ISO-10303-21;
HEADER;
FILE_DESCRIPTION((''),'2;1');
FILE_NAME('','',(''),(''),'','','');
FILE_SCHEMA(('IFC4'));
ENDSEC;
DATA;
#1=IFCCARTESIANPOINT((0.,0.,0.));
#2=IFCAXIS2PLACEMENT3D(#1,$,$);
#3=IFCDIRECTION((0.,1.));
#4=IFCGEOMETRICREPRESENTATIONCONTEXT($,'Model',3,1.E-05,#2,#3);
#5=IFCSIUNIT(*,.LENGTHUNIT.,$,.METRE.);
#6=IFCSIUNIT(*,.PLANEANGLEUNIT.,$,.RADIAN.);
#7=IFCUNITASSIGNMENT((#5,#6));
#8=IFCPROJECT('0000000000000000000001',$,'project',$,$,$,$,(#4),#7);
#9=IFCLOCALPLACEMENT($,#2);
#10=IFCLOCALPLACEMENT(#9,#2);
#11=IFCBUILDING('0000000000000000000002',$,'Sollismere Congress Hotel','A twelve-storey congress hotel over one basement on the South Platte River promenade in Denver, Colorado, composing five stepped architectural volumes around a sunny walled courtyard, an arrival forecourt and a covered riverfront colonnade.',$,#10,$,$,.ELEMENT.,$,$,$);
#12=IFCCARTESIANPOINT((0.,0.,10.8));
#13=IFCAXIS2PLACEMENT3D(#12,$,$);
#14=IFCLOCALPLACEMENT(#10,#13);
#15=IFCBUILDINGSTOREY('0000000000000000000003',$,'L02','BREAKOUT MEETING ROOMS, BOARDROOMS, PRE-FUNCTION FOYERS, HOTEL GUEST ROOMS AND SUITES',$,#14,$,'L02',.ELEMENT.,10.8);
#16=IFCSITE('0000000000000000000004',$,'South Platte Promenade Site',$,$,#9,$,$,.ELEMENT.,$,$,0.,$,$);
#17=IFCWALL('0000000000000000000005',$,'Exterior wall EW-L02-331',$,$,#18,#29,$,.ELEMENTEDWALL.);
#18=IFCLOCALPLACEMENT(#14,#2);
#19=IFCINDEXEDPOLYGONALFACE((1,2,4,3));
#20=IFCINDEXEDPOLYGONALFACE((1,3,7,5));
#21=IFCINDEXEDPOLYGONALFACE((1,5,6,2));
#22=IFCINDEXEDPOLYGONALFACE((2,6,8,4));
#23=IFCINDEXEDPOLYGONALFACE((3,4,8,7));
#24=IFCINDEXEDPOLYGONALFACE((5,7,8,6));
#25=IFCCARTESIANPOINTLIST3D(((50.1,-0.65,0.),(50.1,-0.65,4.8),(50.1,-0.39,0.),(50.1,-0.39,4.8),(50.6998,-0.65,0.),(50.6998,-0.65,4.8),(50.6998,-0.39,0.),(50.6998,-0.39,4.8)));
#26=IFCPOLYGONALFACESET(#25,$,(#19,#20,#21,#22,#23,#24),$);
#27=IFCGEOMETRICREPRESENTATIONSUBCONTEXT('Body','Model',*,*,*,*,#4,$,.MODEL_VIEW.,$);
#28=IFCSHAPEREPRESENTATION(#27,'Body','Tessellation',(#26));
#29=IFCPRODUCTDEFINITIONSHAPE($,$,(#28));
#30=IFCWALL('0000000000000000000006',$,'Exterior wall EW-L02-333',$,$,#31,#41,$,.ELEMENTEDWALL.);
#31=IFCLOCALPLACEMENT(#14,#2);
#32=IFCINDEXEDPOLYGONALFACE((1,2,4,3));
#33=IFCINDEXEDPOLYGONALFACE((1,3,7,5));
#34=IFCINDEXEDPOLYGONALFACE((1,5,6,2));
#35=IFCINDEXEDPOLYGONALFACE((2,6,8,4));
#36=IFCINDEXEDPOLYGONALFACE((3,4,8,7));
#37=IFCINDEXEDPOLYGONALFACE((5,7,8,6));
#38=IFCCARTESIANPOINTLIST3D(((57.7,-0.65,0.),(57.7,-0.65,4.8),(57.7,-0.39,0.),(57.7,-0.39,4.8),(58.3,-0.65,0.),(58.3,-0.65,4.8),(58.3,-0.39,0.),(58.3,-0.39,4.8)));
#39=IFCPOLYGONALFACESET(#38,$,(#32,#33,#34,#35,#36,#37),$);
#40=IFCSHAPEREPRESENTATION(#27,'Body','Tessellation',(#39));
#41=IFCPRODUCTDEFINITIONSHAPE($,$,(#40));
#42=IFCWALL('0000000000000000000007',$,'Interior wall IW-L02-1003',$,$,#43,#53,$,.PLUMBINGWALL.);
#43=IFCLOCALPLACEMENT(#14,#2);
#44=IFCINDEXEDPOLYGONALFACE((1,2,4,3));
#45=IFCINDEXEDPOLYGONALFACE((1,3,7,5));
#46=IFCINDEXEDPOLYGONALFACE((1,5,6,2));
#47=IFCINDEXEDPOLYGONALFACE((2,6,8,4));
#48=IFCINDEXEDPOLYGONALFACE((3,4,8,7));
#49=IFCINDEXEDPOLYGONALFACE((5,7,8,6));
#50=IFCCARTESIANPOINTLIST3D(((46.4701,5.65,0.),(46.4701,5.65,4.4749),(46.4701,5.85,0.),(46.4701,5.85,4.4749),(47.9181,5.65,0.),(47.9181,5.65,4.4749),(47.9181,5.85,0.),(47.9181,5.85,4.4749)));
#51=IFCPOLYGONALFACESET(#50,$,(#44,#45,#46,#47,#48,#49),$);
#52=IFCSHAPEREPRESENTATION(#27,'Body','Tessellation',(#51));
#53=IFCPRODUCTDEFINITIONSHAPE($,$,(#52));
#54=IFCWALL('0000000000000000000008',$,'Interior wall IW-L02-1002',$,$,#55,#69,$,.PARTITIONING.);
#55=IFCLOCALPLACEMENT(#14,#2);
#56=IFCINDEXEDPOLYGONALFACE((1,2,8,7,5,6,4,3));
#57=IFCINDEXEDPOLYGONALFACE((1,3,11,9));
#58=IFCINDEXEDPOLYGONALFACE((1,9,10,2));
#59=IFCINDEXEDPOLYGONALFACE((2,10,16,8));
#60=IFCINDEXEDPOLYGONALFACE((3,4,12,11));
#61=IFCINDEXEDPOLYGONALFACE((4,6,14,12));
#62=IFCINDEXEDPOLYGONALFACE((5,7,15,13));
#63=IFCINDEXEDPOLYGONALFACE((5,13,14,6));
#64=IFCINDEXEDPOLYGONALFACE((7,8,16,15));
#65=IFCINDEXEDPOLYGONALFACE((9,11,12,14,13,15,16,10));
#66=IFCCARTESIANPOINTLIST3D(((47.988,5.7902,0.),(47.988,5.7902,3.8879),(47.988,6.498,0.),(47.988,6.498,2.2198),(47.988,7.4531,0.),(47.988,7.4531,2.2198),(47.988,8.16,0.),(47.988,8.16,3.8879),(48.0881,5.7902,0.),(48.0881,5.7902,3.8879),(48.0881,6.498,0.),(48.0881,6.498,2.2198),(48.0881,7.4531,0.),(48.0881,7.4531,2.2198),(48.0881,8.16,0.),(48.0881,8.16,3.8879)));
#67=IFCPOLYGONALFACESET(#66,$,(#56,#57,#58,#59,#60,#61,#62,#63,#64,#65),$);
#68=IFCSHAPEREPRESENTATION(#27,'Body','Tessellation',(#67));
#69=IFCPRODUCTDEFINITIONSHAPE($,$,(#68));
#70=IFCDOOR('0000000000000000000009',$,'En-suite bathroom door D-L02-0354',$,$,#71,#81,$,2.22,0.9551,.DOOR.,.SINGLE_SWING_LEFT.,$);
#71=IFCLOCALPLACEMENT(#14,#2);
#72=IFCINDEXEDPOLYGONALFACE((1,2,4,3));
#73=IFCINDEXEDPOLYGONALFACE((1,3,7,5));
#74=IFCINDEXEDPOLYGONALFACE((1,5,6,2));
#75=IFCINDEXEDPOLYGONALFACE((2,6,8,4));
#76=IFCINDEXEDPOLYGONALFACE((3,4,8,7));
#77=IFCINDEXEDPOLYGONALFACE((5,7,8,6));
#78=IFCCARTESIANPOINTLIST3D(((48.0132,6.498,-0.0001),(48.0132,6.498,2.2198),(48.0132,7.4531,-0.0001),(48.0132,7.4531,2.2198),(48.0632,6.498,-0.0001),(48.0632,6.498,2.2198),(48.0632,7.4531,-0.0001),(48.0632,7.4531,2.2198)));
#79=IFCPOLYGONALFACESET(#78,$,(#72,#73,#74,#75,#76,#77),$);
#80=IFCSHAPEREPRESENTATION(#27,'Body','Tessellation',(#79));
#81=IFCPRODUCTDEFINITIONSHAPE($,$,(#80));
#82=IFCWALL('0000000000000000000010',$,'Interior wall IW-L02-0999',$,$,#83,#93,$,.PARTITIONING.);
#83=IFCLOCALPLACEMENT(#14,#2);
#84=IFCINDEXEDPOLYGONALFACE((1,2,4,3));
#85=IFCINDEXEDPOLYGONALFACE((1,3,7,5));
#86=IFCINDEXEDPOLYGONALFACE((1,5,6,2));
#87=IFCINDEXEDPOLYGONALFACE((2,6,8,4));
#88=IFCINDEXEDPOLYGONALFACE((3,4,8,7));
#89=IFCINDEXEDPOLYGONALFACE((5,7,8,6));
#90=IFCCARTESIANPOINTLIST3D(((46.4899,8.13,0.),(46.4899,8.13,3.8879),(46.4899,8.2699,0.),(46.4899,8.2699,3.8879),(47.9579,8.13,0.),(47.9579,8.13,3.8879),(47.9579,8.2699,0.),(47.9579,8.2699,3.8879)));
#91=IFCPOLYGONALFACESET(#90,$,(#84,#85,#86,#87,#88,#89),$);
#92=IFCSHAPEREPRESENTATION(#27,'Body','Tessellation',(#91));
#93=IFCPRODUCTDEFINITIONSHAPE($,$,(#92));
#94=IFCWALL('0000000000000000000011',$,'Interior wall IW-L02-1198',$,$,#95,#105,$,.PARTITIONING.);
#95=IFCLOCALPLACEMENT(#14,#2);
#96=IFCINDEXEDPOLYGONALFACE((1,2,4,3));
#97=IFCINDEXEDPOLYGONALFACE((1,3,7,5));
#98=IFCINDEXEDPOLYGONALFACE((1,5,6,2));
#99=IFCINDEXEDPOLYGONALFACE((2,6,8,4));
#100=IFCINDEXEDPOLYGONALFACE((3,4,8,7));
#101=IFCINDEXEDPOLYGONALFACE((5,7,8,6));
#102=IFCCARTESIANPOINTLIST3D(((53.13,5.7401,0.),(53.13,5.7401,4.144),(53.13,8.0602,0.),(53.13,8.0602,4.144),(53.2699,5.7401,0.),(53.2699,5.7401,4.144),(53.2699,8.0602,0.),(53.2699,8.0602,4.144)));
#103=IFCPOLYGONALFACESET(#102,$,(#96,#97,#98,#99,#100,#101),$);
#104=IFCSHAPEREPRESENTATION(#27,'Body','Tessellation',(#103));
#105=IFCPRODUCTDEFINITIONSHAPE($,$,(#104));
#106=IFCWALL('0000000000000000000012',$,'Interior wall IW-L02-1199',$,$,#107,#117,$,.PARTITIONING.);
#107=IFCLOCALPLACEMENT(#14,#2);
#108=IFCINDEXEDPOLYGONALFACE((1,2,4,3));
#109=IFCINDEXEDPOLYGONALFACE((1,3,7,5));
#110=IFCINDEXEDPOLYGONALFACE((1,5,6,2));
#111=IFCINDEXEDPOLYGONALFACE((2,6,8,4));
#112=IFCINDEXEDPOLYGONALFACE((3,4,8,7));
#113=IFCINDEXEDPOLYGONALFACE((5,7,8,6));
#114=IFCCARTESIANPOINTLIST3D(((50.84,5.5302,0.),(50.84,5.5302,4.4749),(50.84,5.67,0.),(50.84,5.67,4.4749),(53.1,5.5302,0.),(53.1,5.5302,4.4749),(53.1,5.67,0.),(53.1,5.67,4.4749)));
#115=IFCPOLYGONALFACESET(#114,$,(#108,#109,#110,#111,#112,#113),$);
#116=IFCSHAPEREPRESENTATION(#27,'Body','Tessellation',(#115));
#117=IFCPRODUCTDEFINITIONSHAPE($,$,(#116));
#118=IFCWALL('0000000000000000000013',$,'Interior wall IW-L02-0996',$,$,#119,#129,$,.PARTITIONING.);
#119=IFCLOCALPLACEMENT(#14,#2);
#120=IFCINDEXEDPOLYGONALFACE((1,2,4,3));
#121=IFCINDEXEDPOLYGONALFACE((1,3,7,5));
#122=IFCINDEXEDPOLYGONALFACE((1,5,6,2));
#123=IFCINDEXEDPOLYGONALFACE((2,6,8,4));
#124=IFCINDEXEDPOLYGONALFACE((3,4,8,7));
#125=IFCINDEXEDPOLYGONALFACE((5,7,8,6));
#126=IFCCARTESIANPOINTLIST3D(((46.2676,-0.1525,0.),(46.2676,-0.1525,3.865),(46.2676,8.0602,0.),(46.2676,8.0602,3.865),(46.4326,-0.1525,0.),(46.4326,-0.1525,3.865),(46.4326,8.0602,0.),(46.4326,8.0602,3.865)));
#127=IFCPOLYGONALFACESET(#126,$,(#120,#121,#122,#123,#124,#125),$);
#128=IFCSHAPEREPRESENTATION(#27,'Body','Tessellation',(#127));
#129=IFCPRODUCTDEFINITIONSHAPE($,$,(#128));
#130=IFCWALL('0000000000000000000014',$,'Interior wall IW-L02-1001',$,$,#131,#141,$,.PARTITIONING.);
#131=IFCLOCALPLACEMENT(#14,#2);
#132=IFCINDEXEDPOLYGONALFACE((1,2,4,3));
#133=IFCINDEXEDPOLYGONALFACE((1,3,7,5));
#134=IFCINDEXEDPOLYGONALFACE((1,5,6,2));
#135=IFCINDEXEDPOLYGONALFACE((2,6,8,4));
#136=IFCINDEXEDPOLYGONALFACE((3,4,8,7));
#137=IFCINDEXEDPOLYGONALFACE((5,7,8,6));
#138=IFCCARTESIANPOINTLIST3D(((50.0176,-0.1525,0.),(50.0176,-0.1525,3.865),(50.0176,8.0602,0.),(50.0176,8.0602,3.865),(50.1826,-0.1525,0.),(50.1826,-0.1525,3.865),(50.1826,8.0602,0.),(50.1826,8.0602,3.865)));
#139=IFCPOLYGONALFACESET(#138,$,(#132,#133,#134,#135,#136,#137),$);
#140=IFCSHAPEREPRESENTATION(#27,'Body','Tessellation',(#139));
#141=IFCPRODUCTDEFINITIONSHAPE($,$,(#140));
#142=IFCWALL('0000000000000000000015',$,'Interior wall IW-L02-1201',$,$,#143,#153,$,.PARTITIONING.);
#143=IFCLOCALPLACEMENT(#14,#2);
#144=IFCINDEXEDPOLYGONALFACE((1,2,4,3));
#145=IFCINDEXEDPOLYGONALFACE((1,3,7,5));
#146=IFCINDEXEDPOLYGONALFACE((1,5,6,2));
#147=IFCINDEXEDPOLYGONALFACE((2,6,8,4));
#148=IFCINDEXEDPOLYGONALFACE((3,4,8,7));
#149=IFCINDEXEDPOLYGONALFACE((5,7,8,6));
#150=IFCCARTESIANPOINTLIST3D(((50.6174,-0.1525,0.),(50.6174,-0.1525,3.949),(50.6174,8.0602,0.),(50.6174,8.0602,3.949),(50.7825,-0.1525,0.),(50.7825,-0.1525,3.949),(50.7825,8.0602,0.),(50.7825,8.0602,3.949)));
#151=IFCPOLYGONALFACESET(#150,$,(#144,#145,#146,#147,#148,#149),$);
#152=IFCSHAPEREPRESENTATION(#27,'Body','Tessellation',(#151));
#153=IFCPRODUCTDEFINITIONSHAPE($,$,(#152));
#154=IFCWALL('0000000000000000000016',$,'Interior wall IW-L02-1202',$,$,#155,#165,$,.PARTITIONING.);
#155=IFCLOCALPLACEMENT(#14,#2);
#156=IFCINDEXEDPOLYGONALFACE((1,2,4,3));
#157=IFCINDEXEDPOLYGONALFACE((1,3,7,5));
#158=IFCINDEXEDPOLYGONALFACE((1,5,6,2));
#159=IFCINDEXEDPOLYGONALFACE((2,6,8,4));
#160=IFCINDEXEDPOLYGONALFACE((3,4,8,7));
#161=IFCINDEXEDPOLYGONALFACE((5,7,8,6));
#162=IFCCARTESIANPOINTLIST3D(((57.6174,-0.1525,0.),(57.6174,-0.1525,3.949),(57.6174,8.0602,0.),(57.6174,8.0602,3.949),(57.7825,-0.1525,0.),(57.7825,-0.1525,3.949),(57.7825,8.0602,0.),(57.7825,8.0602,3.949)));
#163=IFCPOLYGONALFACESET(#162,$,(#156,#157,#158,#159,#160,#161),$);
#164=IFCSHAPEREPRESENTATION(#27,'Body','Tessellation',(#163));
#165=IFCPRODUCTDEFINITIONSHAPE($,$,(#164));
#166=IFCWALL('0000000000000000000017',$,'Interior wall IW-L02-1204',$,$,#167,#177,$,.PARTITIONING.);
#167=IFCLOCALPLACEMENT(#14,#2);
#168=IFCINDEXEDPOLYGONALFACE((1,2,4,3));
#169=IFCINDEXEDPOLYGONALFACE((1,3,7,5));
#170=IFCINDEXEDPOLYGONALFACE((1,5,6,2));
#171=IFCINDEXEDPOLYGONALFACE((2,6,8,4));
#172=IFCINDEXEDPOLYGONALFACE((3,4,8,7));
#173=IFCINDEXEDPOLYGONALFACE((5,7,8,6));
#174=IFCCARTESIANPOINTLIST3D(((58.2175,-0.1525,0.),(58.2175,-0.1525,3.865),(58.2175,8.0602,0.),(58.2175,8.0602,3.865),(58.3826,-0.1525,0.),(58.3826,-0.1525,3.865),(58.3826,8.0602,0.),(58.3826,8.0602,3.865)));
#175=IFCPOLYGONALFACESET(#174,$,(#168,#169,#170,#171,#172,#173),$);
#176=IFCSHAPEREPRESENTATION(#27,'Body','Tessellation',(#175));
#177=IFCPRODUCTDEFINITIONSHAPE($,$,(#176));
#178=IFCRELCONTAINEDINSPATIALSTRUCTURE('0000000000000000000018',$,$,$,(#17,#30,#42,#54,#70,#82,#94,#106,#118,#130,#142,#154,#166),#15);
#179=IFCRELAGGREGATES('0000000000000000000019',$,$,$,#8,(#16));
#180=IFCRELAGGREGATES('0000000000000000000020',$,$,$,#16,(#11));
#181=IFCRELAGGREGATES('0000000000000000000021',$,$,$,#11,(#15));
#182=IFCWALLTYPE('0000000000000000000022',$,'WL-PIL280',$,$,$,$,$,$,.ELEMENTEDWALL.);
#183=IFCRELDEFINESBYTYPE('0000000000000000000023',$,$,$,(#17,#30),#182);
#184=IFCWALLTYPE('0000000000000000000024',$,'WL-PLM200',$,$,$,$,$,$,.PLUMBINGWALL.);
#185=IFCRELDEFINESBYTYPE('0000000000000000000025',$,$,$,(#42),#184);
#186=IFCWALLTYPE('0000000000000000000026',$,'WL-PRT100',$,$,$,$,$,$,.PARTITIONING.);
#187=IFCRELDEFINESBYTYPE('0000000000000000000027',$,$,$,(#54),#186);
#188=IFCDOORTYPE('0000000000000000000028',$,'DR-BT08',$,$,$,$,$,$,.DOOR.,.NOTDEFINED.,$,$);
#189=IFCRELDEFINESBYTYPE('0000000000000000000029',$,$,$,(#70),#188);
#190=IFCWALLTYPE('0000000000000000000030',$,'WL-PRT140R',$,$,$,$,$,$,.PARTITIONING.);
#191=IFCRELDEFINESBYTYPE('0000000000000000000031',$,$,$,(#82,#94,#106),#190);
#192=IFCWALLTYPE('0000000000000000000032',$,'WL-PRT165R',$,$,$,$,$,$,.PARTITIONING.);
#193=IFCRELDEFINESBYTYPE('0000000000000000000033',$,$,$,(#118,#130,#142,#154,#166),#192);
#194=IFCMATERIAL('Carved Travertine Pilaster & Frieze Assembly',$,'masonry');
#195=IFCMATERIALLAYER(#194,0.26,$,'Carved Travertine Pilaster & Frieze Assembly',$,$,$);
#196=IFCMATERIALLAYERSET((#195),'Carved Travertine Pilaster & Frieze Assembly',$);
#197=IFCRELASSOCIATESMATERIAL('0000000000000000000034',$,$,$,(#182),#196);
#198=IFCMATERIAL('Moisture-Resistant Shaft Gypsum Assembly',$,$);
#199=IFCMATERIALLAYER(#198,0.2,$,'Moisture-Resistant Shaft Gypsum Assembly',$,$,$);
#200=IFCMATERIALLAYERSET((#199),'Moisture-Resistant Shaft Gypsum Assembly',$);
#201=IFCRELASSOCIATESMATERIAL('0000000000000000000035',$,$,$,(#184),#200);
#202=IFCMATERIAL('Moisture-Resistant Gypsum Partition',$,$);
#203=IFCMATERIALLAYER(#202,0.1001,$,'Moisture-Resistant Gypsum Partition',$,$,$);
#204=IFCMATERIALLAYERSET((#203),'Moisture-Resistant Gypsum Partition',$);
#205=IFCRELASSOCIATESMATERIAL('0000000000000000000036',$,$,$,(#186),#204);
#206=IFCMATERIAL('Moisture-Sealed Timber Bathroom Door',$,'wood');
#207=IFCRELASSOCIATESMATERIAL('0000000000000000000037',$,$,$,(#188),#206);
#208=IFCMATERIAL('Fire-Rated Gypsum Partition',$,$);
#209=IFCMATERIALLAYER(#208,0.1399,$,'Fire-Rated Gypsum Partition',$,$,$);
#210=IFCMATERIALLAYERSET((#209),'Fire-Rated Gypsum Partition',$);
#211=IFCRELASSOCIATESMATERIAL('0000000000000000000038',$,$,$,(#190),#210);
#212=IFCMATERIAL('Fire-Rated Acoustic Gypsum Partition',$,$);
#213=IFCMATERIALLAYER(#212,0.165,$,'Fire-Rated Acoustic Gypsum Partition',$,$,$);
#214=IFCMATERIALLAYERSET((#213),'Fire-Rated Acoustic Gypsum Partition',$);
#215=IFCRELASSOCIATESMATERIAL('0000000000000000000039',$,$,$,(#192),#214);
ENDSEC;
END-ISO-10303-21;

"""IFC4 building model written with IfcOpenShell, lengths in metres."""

from ifc_helpers import new_model, si_unit, direction, frame, frame_2d, origin, place, context, subcontext, project, spatial, rectangle, extrude, material, layer, layer_set, type_object, element, fill, save


model = new_model("IFC4")

# Units and contexts
model_context = context("Model", 3, precision=1e-05, world=origin(), true_north=direction((0.0, 1.0)))
body_context = subcontext(model_context, "Body", "Model", "MODEL_VIEW")
ifc_project = project(units=[si_unit("LENGTHUNIT", "METRE"), si_unit("PLANEANGLEUNIT", "RADIAN")], contexts=[model_context])

# Site, building, storey
site_placement = place(None, origin())
site = spatial("IfcSite", under=ifc_project, at=site_placement, Name="South Platte Promenade Site", CompositionType="ELEMENT", RefElevation=0.0)
building_placement = place(site_placement, origin())
building = spatial("IfcBuilding", under=site, at=building_placement, Name="Sollismere Congress Hotel", Description="A twelve-storey congress hotel over one basement on the South Platte River promenade in Denver, Colorado, composing five stepped architectural volumes around a sunny walled courtyard, an arrival forecourt and a covered riverfront colonnade.", CompositionType="ELEMENT")
storey_placement = place(building_placement, frame((0.0, 0.0, 10.8)))
storey = spatial("IfcBuildingStorey", under=building, at=storey_placement, Name="L02", Description="BREAKOUT MEETING ROOMS, BOARDROOMS, PRE-FUNCTION FOYERS, HOTEL GUEST ROOMS AND SUITES", LongName="L02", CompositionType="ELEMENT", Elevation=10.8)

# Walls
ifc_material_1 = material(Name="Carved Travertine Pilaster & Frieze Assembly", Category="masonry")
ifc_layer_1 = layer(ifc_material_1, 0.26, Name="Carved Travertine Pilaster & Frieze Assembly")
ifc_layer_set_1 = layer_set([ifc_layer_1], Name="Carved Travertine Pilaster & Frieze Assembly")
wall_type_1 = type_object("IfcWallType", Name="WL-PIL280", PredefinedType="ELEMENTEDWALL", material=ifc_layer_set_1)
wall_1_placement = place(storey_placement, frame((50.1001, -0.52, 0.0), z_axis=(0.0, 0.0, 1.0), x_axis=(1.0, 0.0, 0.0)))
element("IfcWall", 1, at=wall_1_placement, inside=storey, type_object=wall_type_1, Name="Exterior wall EW-L02-331", PredefinedType="ELEMENTEDWALL", context=body_context, shape_type="SweptSolid", body=[
    extrude(rectangle(XDim=0.5999, YDim=0.26, at=frame_2d((0.2998, 0.0))), origin(), (0.0, 0.0, 1.0), 4.8),
])
wall_2_placement = place(storey_placement, frame((57.7, -0.52, 0.0), z_axis=(0.0, 0.0, 1.0), x_axis=(1.0, 0.0, 0.0)))
element("IfcWall", 2, at=wall_2_placement, inside=storey, type_object=wall_type_1, Name="Exterior wall EW-L02-333", PredefinedType="ELEMENTEDWALL", context=body_context, shape_type="SweptSolid", body=[
    extrude(rectangle(XDim=0.6001, YDim=0.26, at=frame_2d((0.3, 0.0))), origin(), (0.0, 0.0, 1.0), 4.8),
])
ifc_material_2 = material(Name="Moisture-Resistant Shaft Gypsum Assembly")
ifc_layer_2 = layer(ifc_material_2, 0.2, Name="Moisture-Resistant Shaft Gypsum Assembly")
ifc_layer_set_2 = layer_set([ifc_layer_2], Name="Moisture-Resistant Shaft Gypsum Assembly")
wall_type_2 = type_object("IfcWallType", Name="WL-PLM200", PredefinedType="PLUMBINGWALL", material=ifc_layer_set_2)
wall_3_placement = place(storey_placement, frame((46.47, 5.75, 0.0), z_axis=(0.0, 0.0, 1.0), x_axis=(1.0, 0.0, 0.0)))
element("IfcWall", 3, at=wall_3_placement, inside=storey, type_object=wall_type_2, Name="Interior wall IW-L02-1003", PredefinedType="PLUMBINGWALL", context=body_context, shape_type="SweptSolid", body=[
    extrude(rectangle(XDim=1.448, YDim=0.2, at=frame_2d((0.7241, 0.0))), origin(), (0.0, 0.0, 1.0), 4.4749),
])

# Wall, opening, door
ifc_material_3 = material(Name="Moisture-Resistant Gypsum Partition")
ifc_layer_3 = layer(ifc_material_3, 0.1001, Name="Moisture-Resistant Gypsum Partition")
ifc_layer_set_3 = layer_set([ifc_layer_3], Name="Moisture-Resistant Gypsum Partition")
wall_type_3 = type_object("IfcWallType", Name="WL-PRT100", PredefinedType="PARTITIONING", material=ifc_layer_set_3)
wall_4_placement = place(storey_placement, frame((48.0381, 5.79, 0.0), z_axis=(0.0, 0.0, 1.0), x_axis=(0.0, 1.0, 0.0)))
wall_4 = element("IfcWall", 4, at=wall_4_placement, inside=storey, type_object=wall_type_3, Name="Interior wall IW-L02-1002", PredefinedType="PARTITIONING", context=body_context, shape_type="SweptSolid", body=[
    extrude(rectangle(XDim=2.3699, YDim=0.1001, at=frame_2d((1.1851, 0.0))), origin(), (0.0, 0.0, 1.0), 3.8879),
])
opening_1_placement = place(wall_4_placement, frame((0.708, 0.0, 0.0)))
opening_1 = element("IfcOpeningElement", 5, at=opening_1_placement, cuts=wall_4, PredefinedType="OPENING", context=body_context, shape_type="SweptSolid", body=[
    extrude(rectangle(XDim=0.9551, YDim=2.22, at=frame_2d((0.4775, 1.1099))), frame((0.0, 0.0601, 0.0), z_axis=(0.0, -1.0, 0.0), x_axis=(1.0, 0.0, 0.0)), (0.0, 0.0, 1.0), 0.1201),
])
ifc_material_4 = material(Name="Moisture-Sealed Timber Bathroom Door", Category="wood")
door_type = type_object("IfcDoorType", Name="DR-BT08", OperationType="NOTDEFINED", PredefinedType="DOOR", material=ifc_material_4)
door_placement = place(opening_1_placement, origin())
door = element("IfcDoor", 6, at=door_placement, inside=storey, type_object=door_type, Name="En-suite bathroom door D-L02-0354", OperationType="SINGLE_SWING_LEFT", OverallHeight=2.22, OverallWidth=0.9551, PredefinedType="DOOR", context=body_context, shape_type="SweptSolid", body=[
    extrude(rectangle(XDim=0.9551, YDim=2.22, at=frame_2d((0.4775, 1.1099))), frame((0.0, 0.0249, 0.0), z_axis=(0.0, -1.0, 0.0), x_axis=(1.0, 0.0, 0.0)), (0.0, 0.0, 1.0), 0.05),
])
fill(opening_1, door)

# Walls
ifc_material_5 = material(Name="Fire-Rated Gypsum Partition")
ifc_layer_4 = layer(ifc_material_5, 0.1399, Name="Fire-Rated Gypsum Partition")
ifc_layer_set_4 = layer_set([ifc_layer_4], Name="Fire-Rated Gypsum Partition")
wall_type_4 = type_object("IfcWallType", Name="WL-PRT140R", PredefinedType="PARTITIONING", material=ifc_layer_set_4)
wall_5_placement = place(storey_placement, frame((46.49, 8.2, 0.0), z_axis=(0.0, 0.0, 1.0), x_axis=(1.0, 0.0, 0.0)))
element("IfcWall", 7, at=wall_5_placement, inside=storey, type_object=wall_type_4, Name="Interior wall IW-L02-0999", PredefinedType="PARTITIONING", context=body_context, shape_type="SweptSolid", body=[
    extrude(rectangle(XDim=1.468, YDim=0.1399, at=frame_2d((0.7339, 0.0))), origin(), (0.0, 0.0, 1.0), 3.8879),
])
wall_6_placement = place(storey_placement, frame((53.2, 5.74, 0.0), z_axis=(0.0, 0.0, 1.0), x_axis=(0.0, 1.0, 0.0)))
element("IfcWall", 8, at=wall_6_placement, inside=storey, type_object=wall_type_4, Name="Interior wall IW-L02-1198", PredefinedType="PARTITIONING", context=body_context, shape_type="SweptSolid", body=[
    extrude(rectangle(XDim=2.3201, YDim=0.1399, at=frame_2d((1.1602, 0.0))), origin(), (0.0, 0.0, 1.0), 4.144),
])
wall_7_placement = place(storey_placement, frame((50.8401, 5.6001, 0.0), z_axis=(0.0, 0.0, 1.0), x_axis=(1.0, 0.0, 0.0)))
element("IfcWall", 9, at=wall_7_placement, inside=storey, type_object=wall_type_4, Name="Interior wall IW-L02-1199", PredefinedType="PARTITIONING", context=body_context, shape_type="SweptSolid", body=[
    extrude(rectangle(XDim=2.26, YDim=0.1399, at=frame_2d((1.1299, 0.0))), origin(), (0.0, 0.0, 1.0), 4.4749),
])
ifc_material_6 = material(Name="Fire-Rated Acoustic Gypsum Partition")
ifc_layer_5 = layer(ifc_material_6, 0.165, Name="Fire-Rated Acoustic Gypsum Partition")
ifc_layer_set_5 = layer_set([ifc_layer_5], Name="Fire-Rated Acoustic Gypsum Partition")
wall_type_5 = type_object("IfcWallType", Name="WL-PRT165R", PredefinedType="PARTITIONING", material=ifc_layer_set_5)
for number, where, z_axis, x_axis, name in (
    (10, (46.3501, -0.1526, 0.0), (0.0, 0.0, 1.0), (0.0, 1.0, 0.0), "Interior wall IW-L02-0996"),
    (11, (50.1001, -0.1526, 0.0), (0.0, 0.0, 1.0), (0.0, 1.0, 0.0), "Interior wall IW-L02-1001"),
):
    element("IfcWall", number, at=place(storey_placement, frame(where, z_axis=z_axis, x_axis=x_axis)), inside=storey, type_object=wall_type_5, Name=name, PredefinedType="PARTITIONING", context=body_context, shape_type="SweptSolid", body=[
        extrude(rectangle(XDim=8.2126, YDim=0.165, at=frame_2d((4.1064, 0.0))), origin(), (0.0, 0.0, 1.0), 3.865),
    ])
for number, where, z_axis, x_axis, name in (
    (12, (50.7, -0.1526, 0.0), (0.0, 0.0, 1.0), (0.0, 1.0, 0.0), "Interior wall IW-L02-1201"),
    (13, (57.7, -0.1526, 0.0), (0.0, 0.0, 1.0), (0.0, 1.0, 0.0), "Interior wall IW-L02-1202"),
):
    element("IfcWall", number, at=place(storey_placement, frame(where, z_axis=z_axis, x_axis=x_axis)), inside=storey, type_object=wall_type_5, Name=name, PredefinedType="PARTITIONING", context=body_context, shape_type="SweptSolid", body=[
        extrude(rectangle(XDim=8.2126, YDim=0.165, at=frame_2d((4.1064, 0.0))), origin(), (0.0, 0.0, 1.0), 3.949),
    ])
wall_8_placement = place(storey_placement, frame((58.3, -0.1526, 0.0), z_axis=(0.0, 0.0, 1.0), x_axis=(0.0, 1.0, 0.0)))
element("IfcWall", 14, at=wall_8_placement, inside=storey, type_object=wall_type_5, Name="Interior wall IW-L02-1204", PredefinedType="PARTITIONING", context=body_context, shape_type="SweptSolid", body=[
    extrude(rectangle(XDim=8.2126, YDim=0.165, at=frame_2d((4.1064, 0.0))), origin(), (0.0, 0.0, 1.0), 3.865),
])

save(model, "model.ifc")
